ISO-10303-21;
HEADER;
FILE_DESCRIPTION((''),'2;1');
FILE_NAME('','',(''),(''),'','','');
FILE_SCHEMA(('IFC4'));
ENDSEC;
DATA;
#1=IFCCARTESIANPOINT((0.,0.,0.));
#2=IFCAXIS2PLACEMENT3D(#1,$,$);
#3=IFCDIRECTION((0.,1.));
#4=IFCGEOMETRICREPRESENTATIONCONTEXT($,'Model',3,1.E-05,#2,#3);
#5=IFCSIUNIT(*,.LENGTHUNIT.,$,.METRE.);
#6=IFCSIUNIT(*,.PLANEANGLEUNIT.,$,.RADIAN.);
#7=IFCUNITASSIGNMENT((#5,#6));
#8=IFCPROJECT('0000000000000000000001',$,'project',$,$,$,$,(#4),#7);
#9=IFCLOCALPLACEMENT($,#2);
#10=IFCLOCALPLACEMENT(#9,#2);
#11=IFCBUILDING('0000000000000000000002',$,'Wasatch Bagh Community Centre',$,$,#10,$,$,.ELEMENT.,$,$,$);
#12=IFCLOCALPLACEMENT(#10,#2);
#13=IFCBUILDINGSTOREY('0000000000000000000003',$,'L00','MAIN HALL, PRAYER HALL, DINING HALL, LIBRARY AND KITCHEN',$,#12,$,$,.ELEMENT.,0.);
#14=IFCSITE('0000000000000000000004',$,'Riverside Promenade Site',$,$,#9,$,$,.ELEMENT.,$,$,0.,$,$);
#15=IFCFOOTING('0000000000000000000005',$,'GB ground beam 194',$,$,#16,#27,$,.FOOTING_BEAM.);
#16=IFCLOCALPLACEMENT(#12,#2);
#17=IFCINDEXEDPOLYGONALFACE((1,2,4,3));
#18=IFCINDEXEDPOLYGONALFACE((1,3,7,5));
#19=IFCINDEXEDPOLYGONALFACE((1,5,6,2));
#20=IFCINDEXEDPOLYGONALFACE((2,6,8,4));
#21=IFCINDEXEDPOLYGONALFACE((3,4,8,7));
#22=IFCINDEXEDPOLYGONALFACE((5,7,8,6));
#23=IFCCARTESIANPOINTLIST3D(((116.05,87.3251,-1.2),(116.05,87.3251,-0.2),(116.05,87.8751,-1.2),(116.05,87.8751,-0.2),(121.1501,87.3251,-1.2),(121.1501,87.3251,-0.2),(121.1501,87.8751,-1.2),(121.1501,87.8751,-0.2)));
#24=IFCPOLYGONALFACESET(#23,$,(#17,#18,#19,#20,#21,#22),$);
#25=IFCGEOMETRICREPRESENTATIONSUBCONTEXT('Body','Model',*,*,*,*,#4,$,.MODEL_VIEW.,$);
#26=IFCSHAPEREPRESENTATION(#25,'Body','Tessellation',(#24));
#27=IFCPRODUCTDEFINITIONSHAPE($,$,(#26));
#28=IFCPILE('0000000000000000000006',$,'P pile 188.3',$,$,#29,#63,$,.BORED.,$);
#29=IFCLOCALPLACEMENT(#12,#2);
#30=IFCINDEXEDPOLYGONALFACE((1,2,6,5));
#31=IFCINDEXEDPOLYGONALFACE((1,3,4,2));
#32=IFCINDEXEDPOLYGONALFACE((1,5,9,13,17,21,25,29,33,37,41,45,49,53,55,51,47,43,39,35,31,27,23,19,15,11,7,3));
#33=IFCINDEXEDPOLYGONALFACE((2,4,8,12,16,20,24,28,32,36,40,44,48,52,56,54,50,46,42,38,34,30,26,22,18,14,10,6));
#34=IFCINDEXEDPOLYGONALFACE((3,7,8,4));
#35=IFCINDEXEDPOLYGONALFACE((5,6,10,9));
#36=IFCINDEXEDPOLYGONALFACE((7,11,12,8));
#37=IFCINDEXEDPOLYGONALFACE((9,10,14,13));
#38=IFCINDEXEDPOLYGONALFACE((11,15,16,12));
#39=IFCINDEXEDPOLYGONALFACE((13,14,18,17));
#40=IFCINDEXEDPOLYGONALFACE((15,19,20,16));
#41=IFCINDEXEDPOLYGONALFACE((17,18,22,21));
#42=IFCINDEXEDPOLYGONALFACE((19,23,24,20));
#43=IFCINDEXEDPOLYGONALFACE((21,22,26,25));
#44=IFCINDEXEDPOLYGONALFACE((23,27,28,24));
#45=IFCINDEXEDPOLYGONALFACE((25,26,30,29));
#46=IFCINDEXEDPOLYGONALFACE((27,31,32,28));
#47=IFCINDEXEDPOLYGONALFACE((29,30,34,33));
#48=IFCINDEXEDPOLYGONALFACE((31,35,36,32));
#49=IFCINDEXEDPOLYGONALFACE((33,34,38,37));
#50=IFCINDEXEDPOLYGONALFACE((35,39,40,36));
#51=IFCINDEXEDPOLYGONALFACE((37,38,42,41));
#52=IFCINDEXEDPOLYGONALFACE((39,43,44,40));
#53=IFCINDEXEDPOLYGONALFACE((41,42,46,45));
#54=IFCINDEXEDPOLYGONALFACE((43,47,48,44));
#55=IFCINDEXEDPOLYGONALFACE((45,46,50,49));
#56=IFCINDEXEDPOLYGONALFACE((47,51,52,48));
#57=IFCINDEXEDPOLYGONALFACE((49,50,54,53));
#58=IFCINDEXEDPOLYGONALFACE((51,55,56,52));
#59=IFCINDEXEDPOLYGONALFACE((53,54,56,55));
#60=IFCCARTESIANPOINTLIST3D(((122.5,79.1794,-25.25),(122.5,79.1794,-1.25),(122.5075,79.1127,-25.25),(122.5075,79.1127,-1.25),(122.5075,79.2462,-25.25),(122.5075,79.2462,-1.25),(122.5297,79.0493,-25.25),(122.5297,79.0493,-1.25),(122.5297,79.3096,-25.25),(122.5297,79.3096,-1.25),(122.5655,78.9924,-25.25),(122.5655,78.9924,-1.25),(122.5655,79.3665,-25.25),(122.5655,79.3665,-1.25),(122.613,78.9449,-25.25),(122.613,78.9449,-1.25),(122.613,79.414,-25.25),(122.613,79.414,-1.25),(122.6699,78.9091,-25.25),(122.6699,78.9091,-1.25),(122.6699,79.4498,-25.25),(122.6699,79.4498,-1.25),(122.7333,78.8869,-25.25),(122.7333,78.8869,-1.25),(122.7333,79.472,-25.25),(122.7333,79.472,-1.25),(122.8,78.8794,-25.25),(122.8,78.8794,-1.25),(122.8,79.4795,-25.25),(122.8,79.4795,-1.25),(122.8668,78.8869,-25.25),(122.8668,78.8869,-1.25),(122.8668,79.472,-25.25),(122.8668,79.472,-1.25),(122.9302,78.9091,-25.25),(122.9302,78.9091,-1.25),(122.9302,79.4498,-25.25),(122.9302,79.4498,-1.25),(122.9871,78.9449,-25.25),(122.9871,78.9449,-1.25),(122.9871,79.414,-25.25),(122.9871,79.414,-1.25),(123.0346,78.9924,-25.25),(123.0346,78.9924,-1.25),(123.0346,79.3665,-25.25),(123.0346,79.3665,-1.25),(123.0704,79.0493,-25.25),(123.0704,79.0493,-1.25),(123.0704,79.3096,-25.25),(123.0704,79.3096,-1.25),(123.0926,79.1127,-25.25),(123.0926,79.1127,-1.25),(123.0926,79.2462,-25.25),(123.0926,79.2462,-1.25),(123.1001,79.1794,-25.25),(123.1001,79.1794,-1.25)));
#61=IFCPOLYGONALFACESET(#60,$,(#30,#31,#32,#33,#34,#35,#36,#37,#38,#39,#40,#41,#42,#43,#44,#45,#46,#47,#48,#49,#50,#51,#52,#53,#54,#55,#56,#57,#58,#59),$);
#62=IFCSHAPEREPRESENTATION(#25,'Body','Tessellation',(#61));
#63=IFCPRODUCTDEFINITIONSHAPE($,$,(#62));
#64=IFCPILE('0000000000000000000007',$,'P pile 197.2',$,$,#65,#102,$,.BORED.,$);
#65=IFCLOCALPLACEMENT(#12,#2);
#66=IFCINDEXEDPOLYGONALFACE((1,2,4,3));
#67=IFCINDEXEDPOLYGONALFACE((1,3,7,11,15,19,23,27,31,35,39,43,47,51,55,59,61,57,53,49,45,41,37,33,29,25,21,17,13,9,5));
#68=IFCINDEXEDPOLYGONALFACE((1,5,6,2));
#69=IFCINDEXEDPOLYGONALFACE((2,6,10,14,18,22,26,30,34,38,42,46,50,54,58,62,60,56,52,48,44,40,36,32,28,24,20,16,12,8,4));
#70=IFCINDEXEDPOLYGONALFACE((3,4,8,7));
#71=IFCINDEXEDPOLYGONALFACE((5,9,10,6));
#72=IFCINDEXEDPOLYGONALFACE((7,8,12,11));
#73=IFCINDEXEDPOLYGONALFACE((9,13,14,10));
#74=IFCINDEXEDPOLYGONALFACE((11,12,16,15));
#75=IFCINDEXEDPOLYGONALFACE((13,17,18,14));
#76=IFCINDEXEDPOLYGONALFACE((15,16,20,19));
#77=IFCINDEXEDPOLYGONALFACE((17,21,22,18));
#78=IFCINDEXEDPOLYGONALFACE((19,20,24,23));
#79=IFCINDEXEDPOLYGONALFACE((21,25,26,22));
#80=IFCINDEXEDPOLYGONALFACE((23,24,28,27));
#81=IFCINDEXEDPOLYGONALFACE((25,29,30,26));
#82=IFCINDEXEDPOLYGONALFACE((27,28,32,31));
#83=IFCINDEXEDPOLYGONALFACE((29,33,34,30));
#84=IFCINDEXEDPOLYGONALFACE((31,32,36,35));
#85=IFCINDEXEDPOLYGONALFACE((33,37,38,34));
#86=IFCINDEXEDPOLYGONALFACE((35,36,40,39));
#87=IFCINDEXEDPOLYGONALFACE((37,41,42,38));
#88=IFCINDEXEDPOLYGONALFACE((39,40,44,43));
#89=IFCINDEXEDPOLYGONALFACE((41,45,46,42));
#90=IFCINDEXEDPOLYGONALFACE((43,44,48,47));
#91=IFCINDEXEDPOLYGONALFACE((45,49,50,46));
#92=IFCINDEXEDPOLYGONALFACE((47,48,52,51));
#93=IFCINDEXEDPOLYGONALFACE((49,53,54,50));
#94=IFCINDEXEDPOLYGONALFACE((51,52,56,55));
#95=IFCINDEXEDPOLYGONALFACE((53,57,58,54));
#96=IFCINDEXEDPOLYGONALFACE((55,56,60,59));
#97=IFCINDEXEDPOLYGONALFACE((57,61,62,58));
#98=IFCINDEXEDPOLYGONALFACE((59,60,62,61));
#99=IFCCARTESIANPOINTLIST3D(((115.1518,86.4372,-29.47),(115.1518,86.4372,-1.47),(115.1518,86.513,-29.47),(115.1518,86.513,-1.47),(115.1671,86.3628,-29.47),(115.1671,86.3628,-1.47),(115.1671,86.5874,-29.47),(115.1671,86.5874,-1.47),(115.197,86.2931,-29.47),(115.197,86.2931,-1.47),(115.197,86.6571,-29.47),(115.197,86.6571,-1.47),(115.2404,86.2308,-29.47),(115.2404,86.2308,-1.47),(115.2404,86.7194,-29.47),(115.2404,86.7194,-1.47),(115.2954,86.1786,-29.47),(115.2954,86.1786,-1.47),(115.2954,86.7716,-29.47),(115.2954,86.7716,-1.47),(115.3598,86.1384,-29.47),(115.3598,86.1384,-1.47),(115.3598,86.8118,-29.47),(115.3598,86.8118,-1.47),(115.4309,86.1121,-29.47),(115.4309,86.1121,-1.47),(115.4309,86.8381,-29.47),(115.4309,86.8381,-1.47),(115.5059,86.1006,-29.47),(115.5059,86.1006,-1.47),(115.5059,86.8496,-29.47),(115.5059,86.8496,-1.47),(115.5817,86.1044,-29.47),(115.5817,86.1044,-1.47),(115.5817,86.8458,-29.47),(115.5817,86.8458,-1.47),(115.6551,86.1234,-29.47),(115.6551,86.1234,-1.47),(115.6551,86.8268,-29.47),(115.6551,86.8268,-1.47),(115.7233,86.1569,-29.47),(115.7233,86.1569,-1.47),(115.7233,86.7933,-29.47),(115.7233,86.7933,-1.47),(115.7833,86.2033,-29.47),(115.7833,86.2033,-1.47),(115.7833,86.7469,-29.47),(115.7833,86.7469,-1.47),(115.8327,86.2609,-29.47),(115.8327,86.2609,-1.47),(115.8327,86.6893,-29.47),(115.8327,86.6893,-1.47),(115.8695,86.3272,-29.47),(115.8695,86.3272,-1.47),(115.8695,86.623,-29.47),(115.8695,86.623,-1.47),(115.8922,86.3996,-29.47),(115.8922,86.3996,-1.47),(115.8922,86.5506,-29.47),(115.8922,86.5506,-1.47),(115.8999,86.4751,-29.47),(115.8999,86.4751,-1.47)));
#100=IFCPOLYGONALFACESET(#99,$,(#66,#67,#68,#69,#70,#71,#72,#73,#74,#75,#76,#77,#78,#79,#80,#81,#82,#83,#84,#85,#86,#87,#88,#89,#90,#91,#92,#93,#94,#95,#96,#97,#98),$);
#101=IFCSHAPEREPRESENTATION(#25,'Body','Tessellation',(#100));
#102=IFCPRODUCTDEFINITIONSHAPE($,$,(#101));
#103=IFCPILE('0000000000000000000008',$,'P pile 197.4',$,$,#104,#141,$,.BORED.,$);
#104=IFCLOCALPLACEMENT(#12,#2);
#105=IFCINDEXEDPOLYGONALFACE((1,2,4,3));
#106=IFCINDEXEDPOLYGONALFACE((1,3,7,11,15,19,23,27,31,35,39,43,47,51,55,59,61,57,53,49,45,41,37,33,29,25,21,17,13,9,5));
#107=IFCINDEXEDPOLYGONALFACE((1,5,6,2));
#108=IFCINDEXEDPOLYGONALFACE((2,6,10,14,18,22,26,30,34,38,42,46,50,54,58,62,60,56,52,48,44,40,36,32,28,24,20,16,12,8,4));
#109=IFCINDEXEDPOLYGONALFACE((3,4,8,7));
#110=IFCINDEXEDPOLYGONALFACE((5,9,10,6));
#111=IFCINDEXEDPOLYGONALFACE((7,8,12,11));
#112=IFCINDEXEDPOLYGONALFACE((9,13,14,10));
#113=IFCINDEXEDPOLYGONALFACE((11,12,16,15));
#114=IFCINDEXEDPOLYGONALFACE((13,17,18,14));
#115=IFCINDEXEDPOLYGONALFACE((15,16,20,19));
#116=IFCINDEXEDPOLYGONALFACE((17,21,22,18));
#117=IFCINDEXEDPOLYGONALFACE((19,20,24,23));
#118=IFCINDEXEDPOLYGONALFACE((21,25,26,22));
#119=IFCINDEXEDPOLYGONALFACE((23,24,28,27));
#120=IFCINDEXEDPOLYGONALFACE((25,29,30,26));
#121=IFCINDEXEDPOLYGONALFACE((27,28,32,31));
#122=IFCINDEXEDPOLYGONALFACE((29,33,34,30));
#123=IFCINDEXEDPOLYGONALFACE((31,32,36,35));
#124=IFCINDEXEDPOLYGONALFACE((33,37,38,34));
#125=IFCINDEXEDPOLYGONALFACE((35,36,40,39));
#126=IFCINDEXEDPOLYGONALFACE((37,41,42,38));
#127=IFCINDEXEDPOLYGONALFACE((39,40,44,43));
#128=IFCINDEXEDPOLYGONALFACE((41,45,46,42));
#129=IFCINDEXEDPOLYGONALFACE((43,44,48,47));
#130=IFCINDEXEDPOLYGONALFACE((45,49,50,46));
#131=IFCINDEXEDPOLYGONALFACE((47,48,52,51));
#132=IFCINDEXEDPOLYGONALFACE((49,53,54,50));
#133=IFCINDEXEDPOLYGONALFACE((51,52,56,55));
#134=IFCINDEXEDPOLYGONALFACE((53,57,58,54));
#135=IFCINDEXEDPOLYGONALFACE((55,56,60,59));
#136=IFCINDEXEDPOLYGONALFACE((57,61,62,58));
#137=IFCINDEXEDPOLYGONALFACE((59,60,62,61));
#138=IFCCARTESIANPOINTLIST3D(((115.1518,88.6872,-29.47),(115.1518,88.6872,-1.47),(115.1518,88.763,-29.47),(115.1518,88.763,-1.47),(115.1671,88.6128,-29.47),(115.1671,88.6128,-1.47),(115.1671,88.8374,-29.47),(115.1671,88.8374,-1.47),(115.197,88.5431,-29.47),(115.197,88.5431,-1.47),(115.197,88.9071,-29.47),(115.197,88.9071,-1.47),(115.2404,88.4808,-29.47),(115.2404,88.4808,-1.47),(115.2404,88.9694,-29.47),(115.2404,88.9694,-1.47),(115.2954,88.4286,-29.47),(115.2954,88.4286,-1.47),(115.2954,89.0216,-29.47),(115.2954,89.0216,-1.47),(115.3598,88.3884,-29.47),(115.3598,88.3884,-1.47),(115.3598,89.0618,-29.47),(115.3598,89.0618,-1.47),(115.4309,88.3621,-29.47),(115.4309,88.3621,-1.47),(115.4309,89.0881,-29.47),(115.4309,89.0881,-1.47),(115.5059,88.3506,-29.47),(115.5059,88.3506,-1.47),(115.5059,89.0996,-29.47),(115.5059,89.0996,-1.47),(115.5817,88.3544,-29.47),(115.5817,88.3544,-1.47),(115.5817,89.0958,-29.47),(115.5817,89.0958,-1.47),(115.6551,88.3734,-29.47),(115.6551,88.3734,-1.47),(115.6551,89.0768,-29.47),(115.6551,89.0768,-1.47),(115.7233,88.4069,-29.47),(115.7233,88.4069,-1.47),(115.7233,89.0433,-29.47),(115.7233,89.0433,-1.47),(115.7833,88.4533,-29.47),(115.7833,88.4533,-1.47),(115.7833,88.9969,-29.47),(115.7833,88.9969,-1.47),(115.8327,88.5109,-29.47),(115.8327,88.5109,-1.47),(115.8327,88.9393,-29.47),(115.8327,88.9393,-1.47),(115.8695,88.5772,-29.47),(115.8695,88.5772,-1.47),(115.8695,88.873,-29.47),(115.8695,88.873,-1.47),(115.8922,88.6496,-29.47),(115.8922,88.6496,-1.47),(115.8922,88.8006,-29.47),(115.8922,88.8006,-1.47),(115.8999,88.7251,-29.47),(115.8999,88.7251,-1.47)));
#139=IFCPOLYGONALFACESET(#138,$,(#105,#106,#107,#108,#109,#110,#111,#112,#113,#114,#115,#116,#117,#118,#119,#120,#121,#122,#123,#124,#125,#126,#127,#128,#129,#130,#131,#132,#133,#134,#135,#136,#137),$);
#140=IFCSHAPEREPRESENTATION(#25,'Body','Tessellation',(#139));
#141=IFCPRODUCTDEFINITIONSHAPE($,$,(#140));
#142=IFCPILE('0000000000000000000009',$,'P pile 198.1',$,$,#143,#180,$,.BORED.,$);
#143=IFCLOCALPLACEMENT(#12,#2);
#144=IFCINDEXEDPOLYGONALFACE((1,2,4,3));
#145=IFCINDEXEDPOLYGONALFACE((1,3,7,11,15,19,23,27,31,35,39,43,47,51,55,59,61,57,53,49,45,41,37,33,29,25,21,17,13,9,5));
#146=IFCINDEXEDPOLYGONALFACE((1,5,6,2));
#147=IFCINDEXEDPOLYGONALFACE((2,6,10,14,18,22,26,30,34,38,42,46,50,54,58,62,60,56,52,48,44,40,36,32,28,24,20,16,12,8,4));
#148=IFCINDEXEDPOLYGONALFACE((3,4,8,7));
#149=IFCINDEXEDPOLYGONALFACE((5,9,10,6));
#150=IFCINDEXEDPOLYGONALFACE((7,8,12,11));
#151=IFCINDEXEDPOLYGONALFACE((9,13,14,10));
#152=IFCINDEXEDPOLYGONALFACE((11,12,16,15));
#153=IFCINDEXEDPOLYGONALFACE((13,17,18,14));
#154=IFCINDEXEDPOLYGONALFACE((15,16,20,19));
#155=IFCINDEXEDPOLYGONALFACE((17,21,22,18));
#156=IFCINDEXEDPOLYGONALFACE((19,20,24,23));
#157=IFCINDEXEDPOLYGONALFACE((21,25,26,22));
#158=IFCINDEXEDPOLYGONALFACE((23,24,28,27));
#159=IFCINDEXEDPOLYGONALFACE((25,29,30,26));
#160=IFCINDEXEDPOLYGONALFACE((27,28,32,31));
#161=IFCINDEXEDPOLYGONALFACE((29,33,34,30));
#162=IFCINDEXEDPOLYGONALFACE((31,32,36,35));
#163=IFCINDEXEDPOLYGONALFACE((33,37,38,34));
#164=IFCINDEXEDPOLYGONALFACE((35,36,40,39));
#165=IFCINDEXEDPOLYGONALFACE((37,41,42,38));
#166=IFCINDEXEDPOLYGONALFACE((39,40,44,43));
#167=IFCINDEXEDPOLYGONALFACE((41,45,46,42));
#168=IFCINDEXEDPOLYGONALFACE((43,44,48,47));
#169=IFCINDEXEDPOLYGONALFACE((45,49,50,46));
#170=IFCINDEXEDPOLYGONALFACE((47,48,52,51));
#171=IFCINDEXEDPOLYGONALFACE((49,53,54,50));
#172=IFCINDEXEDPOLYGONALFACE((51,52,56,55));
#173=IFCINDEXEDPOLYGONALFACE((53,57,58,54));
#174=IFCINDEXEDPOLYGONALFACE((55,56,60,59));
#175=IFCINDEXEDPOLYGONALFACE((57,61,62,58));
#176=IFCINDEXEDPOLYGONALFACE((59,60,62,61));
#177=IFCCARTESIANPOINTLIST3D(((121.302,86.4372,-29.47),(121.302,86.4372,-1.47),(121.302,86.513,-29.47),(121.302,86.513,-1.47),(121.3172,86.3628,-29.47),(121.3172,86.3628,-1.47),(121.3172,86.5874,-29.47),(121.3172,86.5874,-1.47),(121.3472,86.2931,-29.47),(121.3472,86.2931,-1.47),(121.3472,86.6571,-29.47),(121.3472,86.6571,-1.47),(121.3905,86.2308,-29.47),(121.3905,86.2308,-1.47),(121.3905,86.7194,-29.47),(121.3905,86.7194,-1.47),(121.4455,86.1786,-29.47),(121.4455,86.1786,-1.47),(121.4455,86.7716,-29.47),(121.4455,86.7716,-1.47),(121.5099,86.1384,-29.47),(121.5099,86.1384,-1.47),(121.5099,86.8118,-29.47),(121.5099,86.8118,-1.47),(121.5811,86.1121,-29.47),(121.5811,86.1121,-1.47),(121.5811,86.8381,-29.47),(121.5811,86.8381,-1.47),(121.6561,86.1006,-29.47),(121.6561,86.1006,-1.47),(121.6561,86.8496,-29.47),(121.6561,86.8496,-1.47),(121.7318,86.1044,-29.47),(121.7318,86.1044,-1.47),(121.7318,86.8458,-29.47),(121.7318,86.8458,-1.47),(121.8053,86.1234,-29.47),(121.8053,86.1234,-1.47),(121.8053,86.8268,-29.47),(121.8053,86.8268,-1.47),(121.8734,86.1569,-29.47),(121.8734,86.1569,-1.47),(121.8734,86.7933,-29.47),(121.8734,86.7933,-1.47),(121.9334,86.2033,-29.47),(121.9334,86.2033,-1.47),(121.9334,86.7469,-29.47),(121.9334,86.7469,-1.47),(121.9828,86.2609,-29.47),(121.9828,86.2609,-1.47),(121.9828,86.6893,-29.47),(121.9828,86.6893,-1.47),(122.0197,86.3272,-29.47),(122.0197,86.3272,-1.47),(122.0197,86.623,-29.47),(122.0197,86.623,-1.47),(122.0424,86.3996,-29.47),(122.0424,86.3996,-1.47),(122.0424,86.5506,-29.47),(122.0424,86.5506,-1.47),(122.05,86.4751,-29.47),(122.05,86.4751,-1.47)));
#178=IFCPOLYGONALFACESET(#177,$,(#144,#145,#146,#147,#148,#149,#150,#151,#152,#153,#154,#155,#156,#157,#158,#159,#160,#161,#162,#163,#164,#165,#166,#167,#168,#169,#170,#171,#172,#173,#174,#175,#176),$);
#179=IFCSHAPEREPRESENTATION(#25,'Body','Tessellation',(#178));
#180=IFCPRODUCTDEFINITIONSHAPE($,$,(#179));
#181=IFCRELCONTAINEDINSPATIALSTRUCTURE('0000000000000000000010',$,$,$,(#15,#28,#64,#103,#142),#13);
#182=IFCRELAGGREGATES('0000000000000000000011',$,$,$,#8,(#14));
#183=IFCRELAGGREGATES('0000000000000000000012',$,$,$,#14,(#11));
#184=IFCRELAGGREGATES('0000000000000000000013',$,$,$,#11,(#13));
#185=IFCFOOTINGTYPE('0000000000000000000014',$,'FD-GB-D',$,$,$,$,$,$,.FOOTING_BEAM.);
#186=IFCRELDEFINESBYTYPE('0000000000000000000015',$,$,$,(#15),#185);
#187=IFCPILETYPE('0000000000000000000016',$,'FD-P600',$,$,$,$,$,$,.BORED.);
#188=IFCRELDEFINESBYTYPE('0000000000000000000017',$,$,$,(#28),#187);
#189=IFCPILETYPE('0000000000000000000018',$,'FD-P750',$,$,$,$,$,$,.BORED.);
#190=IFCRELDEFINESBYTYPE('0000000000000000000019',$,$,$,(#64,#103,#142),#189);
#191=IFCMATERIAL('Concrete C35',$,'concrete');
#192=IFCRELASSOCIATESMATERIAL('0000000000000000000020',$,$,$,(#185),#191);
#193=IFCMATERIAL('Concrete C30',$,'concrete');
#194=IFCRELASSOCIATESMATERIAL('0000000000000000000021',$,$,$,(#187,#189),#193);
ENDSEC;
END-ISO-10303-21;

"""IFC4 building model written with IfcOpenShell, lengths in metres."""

from ifc_helpers import new_model, si_unit, direction, frame, origin, origin_2d, place, context, subcontext, project, spatial, rectangle, circle, extrude, material, material_profile, profile_set, type_object, element, save


model = new_model("IFC4")

# Units and contexts
model_context = context("Model", 3, precision=1e-05, world=origin(), true_north=direction((0.0, 1.0)))
body_context = subcontext(model_context, "Body", "Model", "MODEL_VIEW")
ifc_project = project(units=[si_unit("LENGTHUNIT", "METRE"), si_unit("PLANEANGLEUNIT", "RADIAN")], contexts=[model_context])

# Site, building, storey
site_placement = place(None, origin())
site = spatial("IfcSite", under=ifc_project, at=site_placement, Name="Riverside Promenade Site", CompositionType="ELEMENT", RefElevation=0.0)
building_placement = place(site_placement, origin())
building = spatial("IfcBuilding", under=site, at=building_placement, Name="Wasatch Bagh Community Centre", CompositionType="ELEMENT")
storey_placement = place(building_placement, origin())
storey = spatial("IfcBuildingStorey", under=building, at=storey_placement, Name="L00", Description="MAIN HALL, PRAYER HALL, DINING HALL, LIBRARY AND KITCHEN", CompositionType="ELEMENT", Elevation=0.0)

# Footing
ifc_material_1 = material(Name="Concrete C35", Category="concrete")
footing_type_1 = type_object("IfcFootingType", Name="FD-GB-D", PredefinedType="FOOTING_BEAM", material=ifc_material_1)
footing_1_placement = place(storey_placement, frame((118.6001, 87.6001, -1.2), z_axis=(0.0, 0.0, 1.0), x_axis=(1.0, 0.0, 0.0)))
element("IfcFooting", 1, at=footing_1_placement, inside=storey, type_object=footing_type_1, Name="GB ground beam 194", PredefinedType="FOOTING_BEAM", context=body_context, shape_type="SweptSolid", body=[
    extrude(rectangle(XDim=5.1001, YDim=0.55, at=origin_2d()), origin(), (0.0, 0.0, 1.0), 1.0),
])

# Piles
ifc_material_2 = material(Name="Concrete C30", Category="concrete")
ifc_material_profile_1 = material_profile(ifc_material_2, circle(Radius=0.3, at=origin_2d()), Name="RC D600")
ifc_profile_set_1 = profile_set([ifc_material_profile_1], Name="Concrete C30")
pile_type_1 = type_object("IfcPileType", Name="FD-P600", PredefinedType="BORED", material=ifc_profile_set_1)
pile_placement = place(storey_placement, frame((122.8, 79.1794, -1.25), z_axis=(0.0, 0.0, -1.0), x_axis=(1.0, 0.0, 0.0)))
element("IfcPile", 2, at=pile_placement, inside=storey, type_object=pile_type_1, Name="P pile 188.3", PredefinedType="BORED", context=body_context, shape_type="SweptSolid", body=[
    extrude(circle(Radius=0.3, at=origin_2d()), origin(), (0.0, 0.0, 1.0), 24.0),
])
ifc_material_profile_2 = material_profile(ifc_material_2, circle(Radius=0.375, at=origin_2d()), Name="RC D750")
ifc_profile_set_2 = profile_set([ifc_material_profile_2], Name="Concrete C30")
pile_type_2 = type_object("IfcPileType", Name="FD-P750", PredefinedType="BORED", material=ifc_profile_set_2)
for number, where, z_axis, x_axis, name in (
    (3, (115.5249, 86.4751, -1.47), (0.0, 0.0, -1.0), (1.0, 0.0, 0.0), "P pile 197.2"),
    (4, (115.5249, 88.7251, -1.47), (0.0, 0.0, -1.0), (1.0, 0.0, 0.0), "P pile 197.4"),
    (5, (121.675, 86.4751, -1.47), (0.0, 0.0, -1.0), (1.0, 0.0, 0.0), "P pile 198.1"),
):
    element("IfcPile", number, at=place(storey_placement, frame(where, z_axis=z_axis, x_axis=x_axis)), inside=storey, type_object=pile_type_2, Name=name, PredefinedType="BORED", context=body_context, shape_type="SweptSolid", body=[
        extrude(circle(Radius=0.375, at=origin_2d()), origin(), (0.0, 0.0, 1.0), 28.0),
    ])

save(model, "model.ifc")
